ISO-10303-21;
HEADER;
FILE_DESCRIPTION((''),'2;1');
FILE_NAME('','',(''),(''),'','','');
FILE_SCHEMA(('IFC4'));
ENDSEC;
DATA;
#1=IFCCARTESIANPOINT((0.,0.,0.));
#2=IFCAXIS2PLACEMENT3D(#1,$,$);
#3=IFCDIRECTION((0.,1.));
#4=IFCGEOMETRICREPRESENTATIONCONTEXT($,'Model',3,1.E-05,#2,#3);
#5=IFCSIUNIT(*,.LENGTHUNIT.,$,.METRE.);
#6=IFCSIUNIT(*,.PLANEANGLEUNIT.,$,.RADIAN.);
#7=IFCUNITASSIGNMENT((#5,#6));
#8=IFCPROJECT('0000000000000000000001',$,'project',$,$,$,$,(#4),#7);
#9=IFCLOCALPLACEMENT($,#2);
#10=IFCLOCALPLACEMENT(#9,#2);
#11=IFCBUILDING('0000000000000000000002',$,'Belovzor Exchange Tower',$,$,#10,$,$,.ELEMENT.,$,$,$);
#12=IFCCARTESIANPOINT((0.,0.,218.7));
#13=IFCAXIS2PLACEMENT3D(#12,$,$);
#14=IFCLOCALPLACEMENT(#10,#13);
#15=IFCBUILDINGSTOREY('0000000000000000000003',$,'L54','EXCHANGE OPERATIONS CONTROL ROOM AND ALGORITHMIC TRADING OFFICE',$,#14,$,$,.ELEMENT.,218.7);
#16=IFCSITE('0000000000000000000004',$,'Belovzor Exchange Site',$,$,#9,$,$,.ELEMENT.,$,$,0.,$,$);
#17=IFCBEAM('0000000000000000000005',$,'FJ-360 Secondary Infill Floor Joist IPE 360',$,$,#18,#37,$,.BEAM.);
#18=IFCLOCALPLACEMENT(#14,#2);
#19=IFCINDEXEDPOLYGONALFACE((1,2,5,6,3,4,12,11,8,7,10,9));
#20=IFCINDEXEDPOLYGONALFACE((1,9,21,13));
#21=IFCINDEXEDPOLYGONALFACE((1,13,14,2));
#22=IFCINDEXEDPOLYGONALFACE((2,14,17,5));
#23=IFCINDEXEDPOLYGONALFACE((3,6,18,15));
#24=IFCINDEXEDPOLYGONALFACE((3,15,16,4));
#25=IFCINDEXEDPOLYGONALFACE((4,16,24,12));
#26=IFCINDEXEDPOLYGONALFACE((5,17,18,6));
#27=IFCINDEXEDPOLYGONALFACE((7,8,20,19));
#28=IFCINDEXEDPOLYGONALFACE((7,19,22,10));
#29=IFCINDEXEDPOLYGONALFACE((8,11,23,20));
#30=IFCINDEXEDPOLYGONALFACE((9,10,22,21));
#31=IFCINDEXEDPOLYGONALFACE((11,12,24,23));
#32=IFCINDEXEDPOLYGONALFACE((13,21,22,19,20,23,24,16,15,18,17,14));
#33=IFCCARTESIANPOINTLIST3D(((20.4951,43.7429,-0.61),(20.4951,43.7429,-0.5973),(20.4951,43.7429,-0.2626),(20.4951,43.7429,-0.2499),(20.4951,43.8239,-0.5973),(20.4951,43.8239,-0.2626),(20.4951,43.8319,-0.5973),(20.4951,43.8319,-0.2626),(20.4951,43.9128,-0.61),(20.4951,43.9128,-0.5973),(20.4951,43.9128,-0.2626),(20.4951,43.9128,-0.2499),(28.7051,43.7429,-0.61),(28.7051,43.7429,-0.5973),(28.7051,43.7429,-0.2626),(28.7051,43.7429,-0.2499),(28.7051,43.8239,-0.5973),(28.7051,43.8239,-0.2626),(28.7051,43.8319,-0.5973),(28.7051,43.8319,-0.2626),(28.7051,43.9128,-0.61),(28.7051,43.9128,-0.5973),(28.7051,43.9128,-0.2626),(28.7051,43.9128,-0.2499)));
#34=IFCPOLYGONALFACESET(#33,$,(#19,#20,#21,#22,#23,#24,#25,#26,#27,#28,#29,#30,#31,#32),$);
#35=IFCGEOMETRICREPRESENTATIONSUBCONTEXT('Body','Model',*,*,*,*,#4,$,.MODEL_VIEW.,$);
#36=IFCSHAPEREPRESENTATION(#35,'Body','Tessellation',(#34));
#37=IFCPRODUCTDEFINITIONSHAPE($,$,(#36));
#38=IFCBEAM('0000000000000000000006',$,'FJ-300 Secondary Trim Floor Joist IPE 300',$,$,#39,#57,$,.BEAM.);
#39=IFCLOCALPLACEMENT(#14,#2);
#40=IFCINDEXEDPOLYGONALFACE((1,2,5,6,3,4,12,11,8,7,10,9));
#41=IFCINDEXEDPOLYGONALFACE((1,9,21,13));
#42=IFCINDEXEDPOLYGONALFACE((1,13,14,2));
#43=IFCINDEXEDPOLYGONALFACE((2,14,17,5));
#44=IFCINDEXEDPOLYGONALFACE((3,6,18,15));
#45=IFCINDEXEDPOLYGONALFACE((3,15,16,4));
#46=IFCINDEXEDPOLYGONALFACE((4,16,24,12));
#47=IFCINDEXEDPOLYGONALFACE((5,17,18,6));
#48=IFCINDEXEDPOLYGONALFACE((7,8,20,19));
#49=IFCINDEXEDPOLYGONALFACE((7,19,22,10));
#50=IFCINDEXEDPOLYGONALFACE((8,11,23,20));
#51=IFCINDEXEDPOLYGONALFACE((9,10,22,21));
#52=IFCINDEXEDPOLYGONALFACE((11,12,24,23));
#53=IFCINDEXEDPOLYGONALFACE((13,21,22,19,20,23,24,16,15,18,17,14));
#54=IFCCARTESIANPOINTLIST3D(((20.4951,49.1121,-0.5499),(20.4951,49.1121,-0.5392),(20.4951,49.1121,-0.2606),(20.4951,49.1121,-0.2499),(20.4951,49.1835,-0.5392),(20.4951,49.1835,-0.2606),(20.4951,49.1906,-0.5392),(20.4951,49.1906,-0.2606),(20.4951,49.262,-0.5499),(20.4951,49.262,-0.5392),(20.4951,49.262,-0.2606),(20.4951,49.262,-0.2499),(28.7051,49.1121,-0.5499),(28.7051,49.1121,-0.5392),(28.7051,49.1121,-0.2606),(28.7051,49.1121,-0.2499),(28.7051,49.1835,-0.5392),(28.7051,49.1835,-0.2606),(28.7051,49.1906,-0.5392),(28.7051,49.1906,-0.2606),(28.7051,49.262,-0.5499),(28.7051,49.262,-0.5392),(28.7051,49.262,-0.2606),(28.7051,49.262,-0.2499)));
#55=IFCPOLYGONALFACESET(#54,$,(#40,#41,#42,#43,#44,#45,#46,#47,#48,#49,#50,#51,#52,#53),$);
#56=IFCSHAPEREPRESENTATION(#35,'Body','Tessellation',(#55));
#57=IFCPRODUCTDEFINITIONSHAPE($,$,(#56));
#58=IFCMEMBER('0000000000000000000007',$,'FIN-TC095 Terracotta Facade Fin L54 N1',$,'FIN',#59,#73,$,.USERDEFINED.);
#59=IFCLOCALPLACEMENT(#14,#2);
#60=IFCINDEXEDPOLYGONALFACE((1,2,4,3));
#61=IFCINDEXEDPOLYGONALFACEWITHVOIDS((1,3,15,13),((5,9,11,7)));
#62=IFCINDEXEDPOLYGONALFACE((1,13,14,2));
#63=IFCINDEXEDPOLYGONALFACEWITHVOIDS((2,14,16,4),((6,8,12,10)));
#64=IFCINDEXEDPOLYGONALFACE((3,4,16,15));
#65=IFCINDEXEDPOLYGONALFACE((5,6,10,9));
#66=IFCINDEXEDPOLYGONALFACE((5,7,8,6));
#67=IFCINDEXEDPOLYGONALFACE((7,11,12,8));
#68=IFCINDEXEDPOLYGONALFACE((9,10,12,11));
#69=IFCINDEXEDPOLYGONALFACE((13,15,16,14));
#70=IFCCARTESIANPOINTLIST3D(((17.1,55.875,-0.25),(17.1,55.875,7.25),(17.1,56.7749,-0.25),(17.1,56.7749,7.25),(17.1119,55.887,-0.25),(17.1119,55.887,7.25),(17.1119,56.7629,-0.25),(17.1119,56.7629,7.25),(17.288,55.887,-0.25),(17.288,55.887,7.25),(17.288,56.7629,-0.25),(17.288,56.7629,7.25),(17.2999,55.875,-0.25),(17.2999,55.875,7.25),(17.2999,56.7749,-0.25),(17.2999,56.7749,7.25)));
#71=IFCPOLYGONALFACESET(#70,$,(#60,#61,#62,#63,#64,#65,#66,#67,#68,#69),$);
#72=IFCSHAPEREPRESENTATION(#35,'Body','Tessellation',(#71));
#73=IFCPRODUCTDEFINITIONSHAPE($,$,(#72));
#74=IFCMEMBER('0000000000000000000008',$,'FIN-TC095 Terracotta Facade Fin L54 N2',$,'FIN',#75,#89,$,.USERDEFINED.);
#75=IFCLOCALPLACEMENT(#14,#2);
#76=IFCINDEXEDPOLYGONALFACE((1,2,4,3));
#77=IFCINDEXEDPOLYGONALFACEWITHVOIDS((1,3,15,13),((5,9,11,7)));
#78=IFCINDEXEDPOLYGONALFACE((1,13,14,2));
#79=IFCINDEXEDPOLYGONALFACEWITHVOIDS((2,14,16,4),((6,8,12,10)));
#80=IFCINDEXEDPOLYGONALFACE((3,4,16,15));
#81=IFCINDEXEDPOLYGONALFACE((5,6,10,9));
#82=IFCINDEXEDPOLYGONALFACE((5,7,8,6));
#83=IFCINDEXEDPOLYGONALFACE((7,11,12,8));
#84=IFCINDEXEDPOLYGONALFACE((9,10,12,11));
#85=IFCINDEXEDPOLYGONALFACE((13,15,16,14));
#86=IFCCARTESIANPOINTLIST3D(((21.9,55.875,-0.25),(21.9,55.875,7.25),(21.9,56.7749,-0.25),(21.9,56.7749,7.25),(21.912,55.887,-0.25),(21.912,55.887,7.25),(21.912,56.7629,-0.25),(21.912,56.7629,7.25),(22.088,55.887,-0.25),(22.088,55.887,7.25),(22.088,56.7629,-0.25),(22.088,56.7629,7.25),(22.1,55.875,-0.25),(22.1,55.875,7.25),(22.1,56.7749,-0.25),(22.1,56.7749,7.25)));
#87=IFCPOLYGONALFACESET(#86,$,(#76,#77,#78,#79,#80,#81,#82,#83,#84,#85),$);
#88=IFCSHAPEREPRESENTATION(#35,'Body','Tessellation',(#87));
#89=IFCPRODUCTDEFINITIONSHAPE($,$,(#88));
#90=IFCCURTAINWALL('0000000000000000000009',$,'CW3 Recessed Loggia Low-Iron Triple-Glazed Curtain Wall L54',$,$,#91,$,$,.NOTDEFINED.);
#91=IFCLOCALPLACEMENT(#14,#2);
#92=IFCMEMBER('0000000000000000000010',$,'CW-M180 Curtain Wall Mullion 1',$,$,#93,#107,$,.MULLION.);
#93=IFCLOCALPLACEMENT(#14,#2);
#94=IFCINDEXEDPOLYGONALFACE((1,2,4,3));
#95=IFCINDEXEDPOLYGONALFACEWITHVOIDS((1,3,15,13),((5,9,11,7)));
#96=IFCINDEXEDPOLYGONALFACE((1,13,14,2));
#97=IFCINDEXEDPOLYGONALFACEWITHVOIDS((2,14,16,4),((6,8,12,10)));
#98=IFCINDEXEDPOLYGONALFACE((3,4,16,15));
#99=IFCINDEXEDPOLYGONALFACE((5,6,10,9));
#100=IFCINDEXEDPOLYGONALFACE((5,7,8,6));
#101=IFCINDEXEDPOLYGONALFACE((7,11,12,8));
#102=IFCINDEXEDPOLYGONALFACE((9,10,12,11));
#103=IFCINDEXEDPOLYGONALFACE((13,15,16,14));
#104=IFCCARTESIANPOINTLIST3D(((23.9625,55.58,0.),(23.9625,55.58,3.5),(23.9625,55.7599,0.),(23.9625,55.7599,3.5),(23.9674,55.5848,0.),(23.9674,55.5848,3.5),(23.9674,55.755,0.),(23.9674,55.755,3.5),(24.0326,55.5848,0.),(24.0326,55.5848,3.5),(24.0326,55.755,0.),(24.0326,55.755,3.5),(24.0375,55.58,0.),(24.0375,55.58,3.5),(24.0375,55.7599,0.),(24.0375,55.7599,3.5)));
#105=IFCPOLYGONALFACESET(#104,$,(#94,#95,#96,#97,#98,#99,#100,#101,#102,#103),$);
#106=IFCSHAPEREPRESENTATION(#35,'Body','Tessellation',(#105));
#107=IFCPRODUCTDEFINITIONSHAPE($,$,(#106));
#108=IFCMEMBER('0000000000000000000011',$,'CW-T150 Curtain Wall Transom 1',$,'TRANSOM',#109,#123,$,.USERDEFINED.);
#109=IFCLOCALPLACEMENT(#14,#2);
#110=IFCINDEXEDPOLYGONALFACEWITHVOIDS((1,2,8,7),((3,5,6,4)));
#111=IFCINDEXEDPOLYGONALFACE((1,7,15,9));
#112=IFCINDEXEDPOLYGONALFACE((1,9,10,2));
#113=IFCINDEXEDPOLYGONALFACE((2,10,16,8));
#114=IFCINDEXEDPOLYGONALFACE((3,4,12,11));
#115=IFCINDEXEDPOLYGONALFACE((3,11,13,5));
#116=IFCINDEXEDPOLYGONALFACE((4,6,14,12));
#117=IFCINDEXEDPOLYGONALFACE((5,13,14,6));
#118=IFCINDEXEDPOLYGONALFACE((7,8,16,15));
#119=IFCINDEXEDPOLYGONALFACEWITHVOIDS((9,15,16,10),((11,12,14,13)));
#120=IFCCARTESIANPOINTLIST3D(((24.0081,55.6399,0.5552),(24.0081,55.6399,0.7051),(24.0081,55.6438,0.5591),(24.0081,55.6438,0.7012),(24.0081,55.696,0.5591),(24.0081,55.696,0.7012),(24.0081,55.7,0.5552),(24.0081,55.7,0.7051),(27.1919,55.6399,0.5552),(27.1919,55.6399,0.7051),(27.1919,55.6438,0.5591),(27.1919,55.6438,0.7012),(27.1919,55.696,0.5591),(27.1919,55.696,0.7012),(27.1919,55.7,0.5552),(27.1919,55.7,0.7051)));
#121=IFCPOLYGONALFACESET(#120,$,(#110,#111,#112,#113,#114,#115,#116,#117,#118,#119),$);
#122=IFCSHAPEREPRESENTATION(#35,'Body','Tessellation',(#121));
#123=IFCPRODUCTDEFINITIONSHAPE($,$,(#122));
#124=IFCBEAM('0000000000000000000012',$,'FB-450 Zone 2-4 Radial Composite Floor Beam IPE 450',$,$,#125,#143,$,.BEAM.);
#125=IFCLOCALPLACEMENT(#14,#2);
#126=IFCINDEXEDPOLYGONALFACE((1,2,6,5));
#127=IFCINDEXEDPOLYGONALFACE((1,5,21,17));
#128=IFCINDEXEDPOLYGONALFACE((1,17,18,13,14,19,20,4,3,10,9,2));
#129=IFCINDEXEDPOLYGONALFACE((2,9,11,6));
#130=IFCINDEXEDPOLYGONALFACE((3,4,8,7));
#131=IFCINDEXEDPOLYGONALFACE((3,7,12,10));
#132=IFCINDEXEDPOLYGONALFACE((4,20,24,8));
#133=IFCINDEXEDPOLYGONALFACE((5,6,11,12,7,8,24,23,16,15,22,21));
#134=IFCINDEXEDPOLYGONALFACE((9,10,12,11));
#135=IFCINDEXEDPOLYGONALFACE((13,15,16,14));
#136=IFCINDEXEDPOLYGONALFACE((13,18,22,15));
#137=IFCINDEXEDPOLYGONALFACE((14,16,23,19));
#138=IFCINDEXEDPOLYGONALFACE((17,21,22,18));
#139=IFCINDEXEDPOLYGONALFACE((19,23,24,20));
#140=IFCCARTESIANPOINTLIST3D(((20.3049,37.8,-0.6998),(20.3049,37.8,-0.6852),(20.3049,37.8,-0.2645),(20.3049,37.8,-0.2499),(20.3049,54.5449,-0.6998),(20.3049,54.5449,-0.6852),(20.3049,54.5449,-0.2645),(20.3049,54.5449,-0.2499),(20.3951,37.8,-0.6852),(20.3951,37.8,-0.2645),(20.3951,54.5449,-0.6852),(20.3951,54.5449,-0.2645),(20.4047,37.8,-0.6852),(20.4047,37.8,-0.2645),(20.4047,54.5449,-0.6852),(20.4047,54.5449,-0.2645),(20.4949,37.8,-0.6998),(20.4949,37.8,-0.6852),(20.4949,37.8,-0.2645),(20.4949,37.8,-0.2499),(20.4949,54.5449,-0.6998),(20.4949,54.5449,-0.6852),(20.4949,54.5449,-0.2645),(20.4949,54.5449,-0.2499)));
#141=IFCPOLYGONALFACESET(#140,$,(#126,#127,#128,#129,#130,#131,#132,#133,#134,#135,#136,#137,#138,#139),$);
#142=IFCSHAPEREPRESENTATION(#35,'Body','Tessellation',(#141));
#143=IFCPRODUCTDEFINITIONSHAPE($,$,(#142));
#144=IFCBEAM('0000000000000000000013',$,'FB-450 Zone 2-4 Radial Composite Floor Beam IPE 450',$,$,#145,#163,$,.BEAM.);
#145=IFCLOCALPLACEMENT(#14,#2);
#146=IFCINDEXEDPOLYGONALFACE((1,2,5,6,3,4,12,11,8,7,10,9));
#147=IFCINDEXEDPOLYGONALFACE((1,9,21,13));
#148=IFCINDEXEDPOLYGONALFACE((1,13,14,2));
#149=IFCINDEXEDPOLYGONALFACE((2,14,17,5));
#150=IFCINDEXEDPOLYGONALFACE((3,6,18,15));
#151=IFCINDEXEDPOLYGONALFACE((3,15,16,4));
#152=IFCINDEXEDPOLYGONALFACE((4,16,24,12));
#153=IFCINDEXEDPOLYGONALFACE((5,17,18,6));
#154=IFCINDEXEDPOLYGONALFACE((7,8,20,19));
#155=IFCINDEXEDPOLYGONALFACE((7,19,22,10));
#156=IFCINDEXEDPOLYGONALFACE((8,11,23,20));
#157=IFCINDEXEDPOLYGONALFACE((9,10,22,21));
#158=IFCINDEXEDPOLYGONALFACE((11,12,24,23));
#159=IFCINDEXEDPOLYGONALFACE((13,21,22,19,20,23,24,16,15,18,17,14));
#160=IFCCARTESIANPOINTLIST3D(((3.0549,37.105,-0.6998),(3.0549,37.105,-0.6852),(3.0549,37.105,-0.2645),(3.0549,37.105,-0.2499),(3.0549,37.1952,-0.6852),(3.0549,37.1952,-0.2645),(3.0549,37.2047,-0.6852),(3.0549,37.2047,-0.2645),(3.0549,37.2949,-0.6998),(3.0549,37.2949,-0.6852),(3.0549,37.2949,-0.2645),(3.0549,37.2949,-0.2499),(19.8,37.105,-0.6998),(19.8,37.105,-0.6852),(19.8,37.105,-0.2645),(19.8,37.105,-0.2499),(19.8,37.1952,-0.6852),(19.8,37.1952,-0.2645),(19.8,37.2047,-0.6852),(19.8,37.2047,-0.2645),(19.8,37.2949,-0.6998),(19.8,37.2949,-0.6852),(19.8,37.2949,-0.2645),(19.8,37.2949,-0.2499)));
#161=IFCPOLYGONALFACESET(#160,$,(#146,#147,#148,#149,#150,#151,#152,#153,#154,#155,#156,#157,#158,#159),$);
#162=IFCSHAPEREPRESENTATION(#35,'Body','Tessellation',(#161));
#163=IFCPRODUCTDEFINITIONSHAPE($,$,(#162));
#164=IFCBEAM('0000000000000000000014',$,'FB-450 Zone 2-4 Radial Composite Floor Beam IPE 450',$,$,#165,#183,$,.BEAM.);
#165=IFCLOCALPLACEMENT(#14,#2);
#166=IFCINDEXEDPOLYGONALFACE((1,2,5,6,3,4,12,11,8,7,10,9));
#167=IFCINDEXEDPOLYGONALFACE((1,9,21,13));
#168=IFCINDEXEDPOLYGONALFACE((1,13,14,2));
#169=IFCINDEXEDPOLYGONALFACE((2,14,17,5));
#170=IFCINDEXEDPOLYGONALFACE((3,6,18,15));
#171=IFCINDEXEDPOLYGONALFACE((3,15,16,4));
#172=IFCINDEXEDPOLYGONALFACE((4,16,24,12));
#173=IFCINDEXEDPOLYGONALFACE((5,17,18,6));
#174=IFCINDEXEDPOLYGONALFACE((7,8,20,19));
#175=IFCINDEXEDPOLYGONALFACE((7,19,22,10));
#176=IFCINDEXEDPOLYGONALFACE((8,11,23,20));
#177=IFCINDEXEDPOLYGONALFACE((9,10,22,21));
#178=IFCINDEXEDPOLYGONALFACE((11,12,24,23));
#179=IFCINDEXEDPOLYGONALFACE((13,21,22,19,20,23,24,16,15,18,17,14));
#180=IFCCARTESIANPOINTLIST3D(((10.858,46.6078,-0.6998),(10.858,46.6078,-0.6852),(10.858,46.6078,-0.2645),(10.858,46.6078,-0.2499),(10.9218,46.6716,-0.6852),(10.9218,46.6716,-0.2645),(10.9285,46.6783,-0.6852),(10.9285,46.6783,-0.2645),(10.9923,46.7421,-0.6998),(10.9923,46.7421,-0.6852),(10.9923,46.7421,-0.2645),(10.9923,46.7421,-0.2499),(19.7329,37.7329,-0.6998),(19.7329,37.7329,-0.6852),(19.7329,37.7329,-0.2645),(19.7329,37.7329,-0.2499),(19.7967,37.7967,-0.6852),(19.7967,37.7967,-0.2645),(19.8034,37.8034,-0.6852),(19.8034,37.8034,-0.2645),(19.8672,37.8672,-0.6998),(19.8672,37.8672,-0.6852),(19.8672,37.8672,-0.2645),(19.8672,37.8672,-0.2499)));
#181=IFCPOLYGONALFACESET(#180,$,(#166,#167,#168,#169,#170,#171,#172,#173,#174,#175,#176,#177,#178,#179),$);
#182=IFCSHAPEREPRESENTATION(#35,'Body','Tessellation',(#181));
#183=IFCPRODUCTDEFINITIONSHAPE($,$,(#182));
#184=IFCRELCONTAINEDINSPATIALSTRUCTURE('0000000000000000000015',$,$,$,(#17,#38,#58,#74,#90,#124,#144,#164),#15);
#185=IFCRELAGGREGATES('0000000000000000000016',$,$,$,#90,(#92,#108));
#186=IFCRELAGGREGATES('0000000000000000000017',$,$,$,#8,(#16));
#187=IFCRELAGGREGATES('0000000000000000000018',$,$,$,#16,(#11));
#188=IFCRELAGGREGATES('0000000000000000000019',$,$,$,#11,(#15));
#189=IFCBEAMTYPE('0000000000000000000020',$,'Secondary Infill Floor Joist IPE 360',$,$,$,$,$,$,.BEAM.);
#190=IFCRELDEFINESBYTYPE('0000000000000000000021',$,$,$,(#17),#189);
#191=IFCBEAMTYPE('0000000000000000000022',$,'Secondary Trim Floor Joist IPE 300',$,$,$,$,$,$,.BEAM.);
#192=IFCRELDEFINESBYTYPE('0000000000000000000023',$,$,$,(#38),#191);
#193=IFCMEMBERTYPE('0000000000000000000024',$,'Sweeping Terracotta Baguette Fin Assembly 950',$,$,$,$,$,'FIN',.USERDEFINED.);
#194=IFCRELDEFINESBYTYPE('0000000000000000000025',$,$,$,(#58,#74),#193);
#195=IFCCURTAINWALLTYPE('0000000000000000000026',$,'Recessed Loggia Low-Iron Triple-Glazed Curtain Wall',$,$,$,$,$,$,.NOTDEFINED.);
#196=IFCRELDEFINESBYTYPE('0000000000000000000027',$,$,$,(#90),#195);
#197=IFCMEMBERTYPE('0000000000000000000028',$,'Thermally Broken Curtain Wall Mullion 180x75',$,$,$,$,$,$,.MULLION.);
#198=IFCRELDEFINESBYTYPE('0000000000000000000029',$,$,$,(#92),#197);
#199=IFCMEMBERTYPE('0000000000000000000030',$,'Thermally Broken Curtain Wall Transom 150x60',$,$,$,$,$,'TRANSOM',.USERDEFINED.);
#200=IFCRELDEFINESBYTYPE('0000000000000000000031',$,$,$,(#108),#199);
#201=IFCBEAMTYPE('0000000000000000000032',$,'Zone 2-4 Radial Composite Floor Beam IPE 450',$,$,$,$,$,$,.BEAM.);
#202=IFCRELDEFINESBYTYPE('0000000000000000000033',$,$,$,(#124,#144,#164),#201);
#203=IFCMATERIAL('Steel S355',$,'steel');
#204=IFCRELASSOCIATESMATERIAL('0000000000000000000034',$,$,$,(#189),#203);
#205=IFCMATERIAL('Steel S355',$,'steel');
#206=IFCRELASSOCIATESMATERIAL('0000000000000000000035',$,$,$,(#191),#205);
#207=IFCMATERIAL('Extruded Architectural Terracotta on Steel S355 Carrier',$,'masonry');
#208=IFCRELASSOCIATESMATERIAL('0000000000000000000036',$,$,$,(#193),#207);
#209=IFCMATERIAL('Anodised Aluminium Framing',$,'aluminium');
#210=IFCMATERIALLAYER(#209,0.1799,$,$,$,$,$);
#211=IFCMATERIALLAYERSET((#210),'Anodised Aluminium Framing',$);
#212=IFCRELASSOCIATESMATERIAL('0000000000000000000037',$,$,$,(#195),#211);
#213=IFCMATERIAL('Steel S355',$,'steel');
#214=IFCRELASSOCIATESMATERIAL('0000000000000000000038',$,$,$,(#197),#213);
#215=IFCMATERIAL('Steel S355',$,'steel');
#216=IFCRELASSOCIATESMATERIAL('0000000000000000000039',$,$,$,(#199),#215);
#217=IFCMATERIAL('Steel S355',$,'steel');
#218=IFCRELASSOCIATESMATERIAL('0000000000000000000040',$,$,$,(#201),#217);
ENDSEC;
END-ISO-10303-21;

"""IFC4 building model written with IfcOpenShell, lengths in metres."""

from ifc_helpers import new_model, si_unit, direction, frame, origin, origin_2d, place, context, subcontext, project, spatial, hollow_rectangle, i_section, extrude, material, layer, layer_set, material_profile, profile_set, type_object, element, aggregate, save


model = new_model("IFC4")

# Units and contexts
model_context = context("Model", 3, precision=1e-05, world=origin(), true_north=direction((0.0, 1.0)))
body_context = subcontext(model_context, "Body", "Model", "MODEL_VIEW")
ifc_project = project(units=[si_unit("LENGTHUNIT", "METRE"), si_unit("PLANEANGLEUNIT", "RADIAN")], contexts=[model_context])

# Site, building, storey
site_placement = place(None, origin())
site = spatial("IfcSite", under=ifc_project, at=site_placement, Name="Belovzor Exchange Site", CompositionType="ELEMENT", RefElevation=0.0)
building_placement = place(site_placement, origin())
building = spatial("IfcBuilding", under=site, at=building_placement, Name="Belovzor Exchange Tower", CompositionType="ELEMENT")
storey_placement = place(building_placement, frame((0.0, 0.0, 218.7)))
storey = spatial("IfcBuildingStorey", under=building, at=storey_placement, Name="L54", Description="EXCHANGE OPERATIONS CONTROL ROOM AND ALGORITHMIC TRADING OFFICE", CompositionType="ELEMENT", Elevation=218.7)

# Beams
ifc_material_1 = material(Name="Steel S355", Category="steel")
ifc_material_profile_1 = material_profile(ifc_material_1, i_section(OverallWidth=0.1699, OverallDepth=0.3601, WebThickness=0.0081, FlangeThickness=0.0127, at=origin_2d()))
ifc_profile_set_1 = profile_set([ifc_material_profile_1], Name="Steel S355")
beam_type_1 = type_object("IfcBeamType", Name="Secondary Infill Floor Joist IPE 360", PredefinedType="BEAM", material=ifc_profile_set_1)
beam_1_placement = place(storey_placement, frame((20.4951, 43.8279, -0.4299), z_axis=(1.0, 0.0, 0.0), x_axis=(0.0, 1.0, 0.0)))
element("IfcBeam", 1, at=beam_1_placement, inside=storey, type_object=beam_type_1, Name="FJ-360 Secondary Infill Floor Joist IPE 360", PredefinedType="BEAM", context=body_context, shape_type="SweptSolid", body=[
    extrude(i_section(OverallWidth=0.1699, OverallDepth=0.3601, WebThickness=0.0081, FlangeThickness=0.0127, at=origin_2d()), origin(), (0.0, 0.0, 1.0), 8.21),
])
ifc_material_2 = material(Name="Steel S355", Category="steel")
ifc_material_profile_2 = material_profile(ifc_material_2, i_section(OverallWidth=0.1499, OverallDepth=0.3, WebThickness=0.0071, FlangeThickness=0.0107, at=origin_2d()))
ifc_profile_set_2 = profile_set([ifc_material_profile_2], Name="Steel S355")
beam_type_2 = type_object("IfcBeamType", Name="Secondary Trim Floor Joist IPE 300", PredefinedType="BEAM", material=ifc_profile_set_2)
beam_2_placement = place(storey_placement, frame((20.4951, 49.187, -0.3999), z_axis=(1.0, 0.0, 0.0), x_axis=(0.0, 1.0, 0.0)))
element("IfcBeam", 2, at=beam_2_placement, inside=storey, type_object=beam_type_2, Name="FJ-300 Secondary Trim Floor Joist IPE 300", PredefinedType="BEAM", context=body_context, shape_type="SweptSolid", body=[
    extrude(i_section(OverallWidth=0.1499, OverallDepth=0.3, WebThickness=0.0071, FlangeThickness=0.0107, at=origin_2d()), origin(), (0.0, 0.0, 1.0), 8.21),
])

# Members
ifc_material_3 = material(Name="Extruded Architectural Terracotta on Steel S355 Carrier", Category="masonry")
ifc_material_profile_3 = material_profile(ifc_material_3, hollow_rectangle(XDim=0.2, YDim=0.8999, WallThickness=0.012, at=origin_2d()))
ifc_profile_set_3 = profile_set([ifc_material_profile_3], Name="Extruded Architectural Terracotta on Steel S355 Carrier")
member_type_1 = type_object("IfcMemberType", Name="Sweeping Terracotta Baguette Fin Assembly 950", ElementType="FIN", PredefinedType="USERDEFINED", material=ifc_profile_set_3)
for number, where, z_axis, x_axis, name in (
    (3, (17.2, 56.325, -0.25), (0.0, 0.0, 1.0), (1.0, 0.0, 0.0), "FIN-TC095 Terracotta Facade Fin L54 N1"),
    (4, (22.0, 56.325, -0.25), (0.0, 0.0, 1.0), (1.0, 0.0, 0.0), "FIN-TC095 Terracotta Facade Fin L54 N2"),
):
    element("IfcMember", number, at=place(storey_placement, frame(where, z_axis=z_axis, x_axis=x_axis)), inside=storey, type_object=member_type_1, Name=name, ObjectType="FIN", PredefinedType="USERDEFINED", context=body_context, shape_type="SweptSolid", body=[
        extrude(hollow_rectangle(XDim=0.2, YDim=0.8999, WallThickness=0.012, at=origin_2d()), origin(), (0.0, 0.0, 1.0), 7.5),
    ])

# Curtain wall, members
ifc_material_4 = material(Name="Anodised Aluminium Framing", Category="aluminium")
ifc_layer_1 = layer(ifc_material_4, 0.1799)
ifc_layer_set_1 = layer_set([ifc_layer_1], Name="Anodised Aluminium Framing")
curtain_wall_type = type_object("IfcCurtainWallType", Name="Recessed Loggia Low-Iron Triple-Glazed Curtain Wall", PredefinedType="NOTDEFINED", material=ifc_layer_set_1)
curtain_wall_placement = place(storey_placement, origin())
curtain_wall = element("IfcCurtainWall", 5, at=curtain_wall_placement, inside=storey, type_object=curtain_wall_type, Name="CW3 Recessed Loggia Low-Iron Triple-Glazed Curtain Wall L54", PredefinedType="NOTDEFINED")
ifc_material_5 = material(Name="Steel S355", Category="steel")
ifc_material_profile_4 = material_profile(ifc_material_5, hollow_rectangle(XDim=0.075, YDim=0.1799, WallThickness=0.0049, at=origin_2d()))
ifc_profile_set_4 = profile_set([ifc_material_profile_4], Name="Steel S355")
member_type_2 = type_object("IfcMemberType", Name="Thermally Broken Curtain Wall Mullion 180x75", PredefinedType="MULLION", material=ifc_profile_set_4)
member_1_placement = place(storey_placement, frame((24.0, 55.6699, 0.0), z_axis=(0.0, 0.0, 1.0), x_axis=(1.0, 0.0, 0.0)))
member_1 = element("IfcMember", 6, at=member_1_placement, type_object=member_type_2, Name="CW-M180 Curtain Wall Mullion 1", PredefinedType="MULLION", context=body_context, shape_type="SweptSolid", body=[
    extrude(hollow_rectangle(XDim=0.075, YDim=0.1799, WallThickness=0.0049, at=origin_2d()), origin(), (0.0, 0.0, 1.0), 3.5),
])
ifc_material_6 = material(Name="Steel S355", Category="steel")
ifc_material_profile_5 = material_profile(ifc_material_6, hollow_rectangle(XDim=0.0601, YDim=0.1499, WallThickness=0.0039, at=origin_2d()))
ifc_profile_set_5 = profile_set([ifc_material_profile_5], Name="Steel S355")
member_type_3 = type_object("IfcMemberType", Name="Thermally Broken Curtain Wall Transom 150x60", ElementType="TRANSOM", PredefinedType="USERDEFINED", material=ifc_profile_set_5)
member_2_placement = place(storey_placement, frame((24.0081, 55.6699, 0.6301), z_axis=(1.0, 0.0, 0.0), x_axis=(0.0, 1.0, 0.0)))
member_2 = element("IfcMember", 7, at=member_2_placement, type_object=member_type_3, Name="CW-T150 Curtain Wall Transom 1", ObjectType="TRANSOM", PredefinedType="USERDEFINED", context=body_context, shape_type="SweptSolid", body=[
    extrude(hollow_rectangle(XDim=0.0601, YDim=0.1499, WallThickness=0.0039, at=origin_2d()), origin(), (0.0, 0.0, 1.0), 3.1838),
])

# Beams
ifc_material_7 = material(Name="Steel S355", Category="steel")
ifc_material_profile_6 = material_profile(ifc_material_7, i_section(OverallWidth=0.1899, OverallDepth=0.45, WebThickness=0.0095, FlangeThickness=0.0146, at=origin_2d()))
ifc_profile_set_6 = profile_set([ifc_material_profile_6], Name="Steel S355")
beam_type_3 = type_object("IfcBeamType", Name="Zone 2-4 Radial Composite Floor Beam IPE 450", PredefinedType="BEAM", material=ifc_profile_set_6)
beam_3_placement = place(storey_placement, frame((20.3999, 37.8, -0.4749), z_axis=(0.0, 1.0, 0.0), x_axis=(-1.0, 0.0, 0.0)))
element("IfcBeam", 8, at=beam_3_placement, inside=storey, type_object=beam_type_3, Name="FB-450 Zone 2-4 Radial Composite Floor Beam IPE 450", PredefinedType="BEAM", context=body_context, shape_type="SweptSolid", body=[
    extrude(i_section(OverallWidth=0.1899, OverallDepth=0.45, WebThickness=0.0095, FlangeThickness=0.0146, at=origin_2d()), origin(), (0.0, 0.0, 1.0), 16.7449),
])
beam_4_placement = place(storey_placement, frame((19.8, 37.2, -0.4749), z_axis=(-1.0, 0.0, 0.0), x_axis=(0.0, -1.0, 0.0)))
element("IfcBeam", 9, at=beam_4_placement, inside=storey, type_object=beam_type_3, Name="FB-450 Zone 2-4 Radial Composite Floor Beam IPE 450", PredefinedType="BEAM", context=body_context, shape_type="SweptSolid", body=[
    extrude(i_section(OverallWidth=0.1899, OverallDepth=0.45, WebThickness=0.0095, FlangeThickness=0.0146, at=origin_2d()), origin(), (0.0, 0.0, 1.0), 16.7451),
])
beam_5_placement = place(storey_placement, frame((19.8, 37.8, -0.4749), z_axis=(-0.707107, 0.707107, 0.0), x_axis=(-0.707107, -0.707107, 0.0)))
element("IfcBeam", 10, at=beam_5_placement, inside=storey, type_object=beam_type_3, Name="FB-450 Zone 2-4 Radial Composite Floor Beam IPE 450", PredefinedType="BEAM", context=body_context, shape_type="SweptSolid", body=[
    extrude(i_section(OverallWidth=0.1899, OverallDepth=0.45, WebThickness=0.0095, FlangeThickness=0.0146, at=origin_2d()), origin(), (0.0, 0.0, 1.0), 12.551),
])

aggregate(curtain_wall, [member_1, member_2])

save(model, "model.ifc")
